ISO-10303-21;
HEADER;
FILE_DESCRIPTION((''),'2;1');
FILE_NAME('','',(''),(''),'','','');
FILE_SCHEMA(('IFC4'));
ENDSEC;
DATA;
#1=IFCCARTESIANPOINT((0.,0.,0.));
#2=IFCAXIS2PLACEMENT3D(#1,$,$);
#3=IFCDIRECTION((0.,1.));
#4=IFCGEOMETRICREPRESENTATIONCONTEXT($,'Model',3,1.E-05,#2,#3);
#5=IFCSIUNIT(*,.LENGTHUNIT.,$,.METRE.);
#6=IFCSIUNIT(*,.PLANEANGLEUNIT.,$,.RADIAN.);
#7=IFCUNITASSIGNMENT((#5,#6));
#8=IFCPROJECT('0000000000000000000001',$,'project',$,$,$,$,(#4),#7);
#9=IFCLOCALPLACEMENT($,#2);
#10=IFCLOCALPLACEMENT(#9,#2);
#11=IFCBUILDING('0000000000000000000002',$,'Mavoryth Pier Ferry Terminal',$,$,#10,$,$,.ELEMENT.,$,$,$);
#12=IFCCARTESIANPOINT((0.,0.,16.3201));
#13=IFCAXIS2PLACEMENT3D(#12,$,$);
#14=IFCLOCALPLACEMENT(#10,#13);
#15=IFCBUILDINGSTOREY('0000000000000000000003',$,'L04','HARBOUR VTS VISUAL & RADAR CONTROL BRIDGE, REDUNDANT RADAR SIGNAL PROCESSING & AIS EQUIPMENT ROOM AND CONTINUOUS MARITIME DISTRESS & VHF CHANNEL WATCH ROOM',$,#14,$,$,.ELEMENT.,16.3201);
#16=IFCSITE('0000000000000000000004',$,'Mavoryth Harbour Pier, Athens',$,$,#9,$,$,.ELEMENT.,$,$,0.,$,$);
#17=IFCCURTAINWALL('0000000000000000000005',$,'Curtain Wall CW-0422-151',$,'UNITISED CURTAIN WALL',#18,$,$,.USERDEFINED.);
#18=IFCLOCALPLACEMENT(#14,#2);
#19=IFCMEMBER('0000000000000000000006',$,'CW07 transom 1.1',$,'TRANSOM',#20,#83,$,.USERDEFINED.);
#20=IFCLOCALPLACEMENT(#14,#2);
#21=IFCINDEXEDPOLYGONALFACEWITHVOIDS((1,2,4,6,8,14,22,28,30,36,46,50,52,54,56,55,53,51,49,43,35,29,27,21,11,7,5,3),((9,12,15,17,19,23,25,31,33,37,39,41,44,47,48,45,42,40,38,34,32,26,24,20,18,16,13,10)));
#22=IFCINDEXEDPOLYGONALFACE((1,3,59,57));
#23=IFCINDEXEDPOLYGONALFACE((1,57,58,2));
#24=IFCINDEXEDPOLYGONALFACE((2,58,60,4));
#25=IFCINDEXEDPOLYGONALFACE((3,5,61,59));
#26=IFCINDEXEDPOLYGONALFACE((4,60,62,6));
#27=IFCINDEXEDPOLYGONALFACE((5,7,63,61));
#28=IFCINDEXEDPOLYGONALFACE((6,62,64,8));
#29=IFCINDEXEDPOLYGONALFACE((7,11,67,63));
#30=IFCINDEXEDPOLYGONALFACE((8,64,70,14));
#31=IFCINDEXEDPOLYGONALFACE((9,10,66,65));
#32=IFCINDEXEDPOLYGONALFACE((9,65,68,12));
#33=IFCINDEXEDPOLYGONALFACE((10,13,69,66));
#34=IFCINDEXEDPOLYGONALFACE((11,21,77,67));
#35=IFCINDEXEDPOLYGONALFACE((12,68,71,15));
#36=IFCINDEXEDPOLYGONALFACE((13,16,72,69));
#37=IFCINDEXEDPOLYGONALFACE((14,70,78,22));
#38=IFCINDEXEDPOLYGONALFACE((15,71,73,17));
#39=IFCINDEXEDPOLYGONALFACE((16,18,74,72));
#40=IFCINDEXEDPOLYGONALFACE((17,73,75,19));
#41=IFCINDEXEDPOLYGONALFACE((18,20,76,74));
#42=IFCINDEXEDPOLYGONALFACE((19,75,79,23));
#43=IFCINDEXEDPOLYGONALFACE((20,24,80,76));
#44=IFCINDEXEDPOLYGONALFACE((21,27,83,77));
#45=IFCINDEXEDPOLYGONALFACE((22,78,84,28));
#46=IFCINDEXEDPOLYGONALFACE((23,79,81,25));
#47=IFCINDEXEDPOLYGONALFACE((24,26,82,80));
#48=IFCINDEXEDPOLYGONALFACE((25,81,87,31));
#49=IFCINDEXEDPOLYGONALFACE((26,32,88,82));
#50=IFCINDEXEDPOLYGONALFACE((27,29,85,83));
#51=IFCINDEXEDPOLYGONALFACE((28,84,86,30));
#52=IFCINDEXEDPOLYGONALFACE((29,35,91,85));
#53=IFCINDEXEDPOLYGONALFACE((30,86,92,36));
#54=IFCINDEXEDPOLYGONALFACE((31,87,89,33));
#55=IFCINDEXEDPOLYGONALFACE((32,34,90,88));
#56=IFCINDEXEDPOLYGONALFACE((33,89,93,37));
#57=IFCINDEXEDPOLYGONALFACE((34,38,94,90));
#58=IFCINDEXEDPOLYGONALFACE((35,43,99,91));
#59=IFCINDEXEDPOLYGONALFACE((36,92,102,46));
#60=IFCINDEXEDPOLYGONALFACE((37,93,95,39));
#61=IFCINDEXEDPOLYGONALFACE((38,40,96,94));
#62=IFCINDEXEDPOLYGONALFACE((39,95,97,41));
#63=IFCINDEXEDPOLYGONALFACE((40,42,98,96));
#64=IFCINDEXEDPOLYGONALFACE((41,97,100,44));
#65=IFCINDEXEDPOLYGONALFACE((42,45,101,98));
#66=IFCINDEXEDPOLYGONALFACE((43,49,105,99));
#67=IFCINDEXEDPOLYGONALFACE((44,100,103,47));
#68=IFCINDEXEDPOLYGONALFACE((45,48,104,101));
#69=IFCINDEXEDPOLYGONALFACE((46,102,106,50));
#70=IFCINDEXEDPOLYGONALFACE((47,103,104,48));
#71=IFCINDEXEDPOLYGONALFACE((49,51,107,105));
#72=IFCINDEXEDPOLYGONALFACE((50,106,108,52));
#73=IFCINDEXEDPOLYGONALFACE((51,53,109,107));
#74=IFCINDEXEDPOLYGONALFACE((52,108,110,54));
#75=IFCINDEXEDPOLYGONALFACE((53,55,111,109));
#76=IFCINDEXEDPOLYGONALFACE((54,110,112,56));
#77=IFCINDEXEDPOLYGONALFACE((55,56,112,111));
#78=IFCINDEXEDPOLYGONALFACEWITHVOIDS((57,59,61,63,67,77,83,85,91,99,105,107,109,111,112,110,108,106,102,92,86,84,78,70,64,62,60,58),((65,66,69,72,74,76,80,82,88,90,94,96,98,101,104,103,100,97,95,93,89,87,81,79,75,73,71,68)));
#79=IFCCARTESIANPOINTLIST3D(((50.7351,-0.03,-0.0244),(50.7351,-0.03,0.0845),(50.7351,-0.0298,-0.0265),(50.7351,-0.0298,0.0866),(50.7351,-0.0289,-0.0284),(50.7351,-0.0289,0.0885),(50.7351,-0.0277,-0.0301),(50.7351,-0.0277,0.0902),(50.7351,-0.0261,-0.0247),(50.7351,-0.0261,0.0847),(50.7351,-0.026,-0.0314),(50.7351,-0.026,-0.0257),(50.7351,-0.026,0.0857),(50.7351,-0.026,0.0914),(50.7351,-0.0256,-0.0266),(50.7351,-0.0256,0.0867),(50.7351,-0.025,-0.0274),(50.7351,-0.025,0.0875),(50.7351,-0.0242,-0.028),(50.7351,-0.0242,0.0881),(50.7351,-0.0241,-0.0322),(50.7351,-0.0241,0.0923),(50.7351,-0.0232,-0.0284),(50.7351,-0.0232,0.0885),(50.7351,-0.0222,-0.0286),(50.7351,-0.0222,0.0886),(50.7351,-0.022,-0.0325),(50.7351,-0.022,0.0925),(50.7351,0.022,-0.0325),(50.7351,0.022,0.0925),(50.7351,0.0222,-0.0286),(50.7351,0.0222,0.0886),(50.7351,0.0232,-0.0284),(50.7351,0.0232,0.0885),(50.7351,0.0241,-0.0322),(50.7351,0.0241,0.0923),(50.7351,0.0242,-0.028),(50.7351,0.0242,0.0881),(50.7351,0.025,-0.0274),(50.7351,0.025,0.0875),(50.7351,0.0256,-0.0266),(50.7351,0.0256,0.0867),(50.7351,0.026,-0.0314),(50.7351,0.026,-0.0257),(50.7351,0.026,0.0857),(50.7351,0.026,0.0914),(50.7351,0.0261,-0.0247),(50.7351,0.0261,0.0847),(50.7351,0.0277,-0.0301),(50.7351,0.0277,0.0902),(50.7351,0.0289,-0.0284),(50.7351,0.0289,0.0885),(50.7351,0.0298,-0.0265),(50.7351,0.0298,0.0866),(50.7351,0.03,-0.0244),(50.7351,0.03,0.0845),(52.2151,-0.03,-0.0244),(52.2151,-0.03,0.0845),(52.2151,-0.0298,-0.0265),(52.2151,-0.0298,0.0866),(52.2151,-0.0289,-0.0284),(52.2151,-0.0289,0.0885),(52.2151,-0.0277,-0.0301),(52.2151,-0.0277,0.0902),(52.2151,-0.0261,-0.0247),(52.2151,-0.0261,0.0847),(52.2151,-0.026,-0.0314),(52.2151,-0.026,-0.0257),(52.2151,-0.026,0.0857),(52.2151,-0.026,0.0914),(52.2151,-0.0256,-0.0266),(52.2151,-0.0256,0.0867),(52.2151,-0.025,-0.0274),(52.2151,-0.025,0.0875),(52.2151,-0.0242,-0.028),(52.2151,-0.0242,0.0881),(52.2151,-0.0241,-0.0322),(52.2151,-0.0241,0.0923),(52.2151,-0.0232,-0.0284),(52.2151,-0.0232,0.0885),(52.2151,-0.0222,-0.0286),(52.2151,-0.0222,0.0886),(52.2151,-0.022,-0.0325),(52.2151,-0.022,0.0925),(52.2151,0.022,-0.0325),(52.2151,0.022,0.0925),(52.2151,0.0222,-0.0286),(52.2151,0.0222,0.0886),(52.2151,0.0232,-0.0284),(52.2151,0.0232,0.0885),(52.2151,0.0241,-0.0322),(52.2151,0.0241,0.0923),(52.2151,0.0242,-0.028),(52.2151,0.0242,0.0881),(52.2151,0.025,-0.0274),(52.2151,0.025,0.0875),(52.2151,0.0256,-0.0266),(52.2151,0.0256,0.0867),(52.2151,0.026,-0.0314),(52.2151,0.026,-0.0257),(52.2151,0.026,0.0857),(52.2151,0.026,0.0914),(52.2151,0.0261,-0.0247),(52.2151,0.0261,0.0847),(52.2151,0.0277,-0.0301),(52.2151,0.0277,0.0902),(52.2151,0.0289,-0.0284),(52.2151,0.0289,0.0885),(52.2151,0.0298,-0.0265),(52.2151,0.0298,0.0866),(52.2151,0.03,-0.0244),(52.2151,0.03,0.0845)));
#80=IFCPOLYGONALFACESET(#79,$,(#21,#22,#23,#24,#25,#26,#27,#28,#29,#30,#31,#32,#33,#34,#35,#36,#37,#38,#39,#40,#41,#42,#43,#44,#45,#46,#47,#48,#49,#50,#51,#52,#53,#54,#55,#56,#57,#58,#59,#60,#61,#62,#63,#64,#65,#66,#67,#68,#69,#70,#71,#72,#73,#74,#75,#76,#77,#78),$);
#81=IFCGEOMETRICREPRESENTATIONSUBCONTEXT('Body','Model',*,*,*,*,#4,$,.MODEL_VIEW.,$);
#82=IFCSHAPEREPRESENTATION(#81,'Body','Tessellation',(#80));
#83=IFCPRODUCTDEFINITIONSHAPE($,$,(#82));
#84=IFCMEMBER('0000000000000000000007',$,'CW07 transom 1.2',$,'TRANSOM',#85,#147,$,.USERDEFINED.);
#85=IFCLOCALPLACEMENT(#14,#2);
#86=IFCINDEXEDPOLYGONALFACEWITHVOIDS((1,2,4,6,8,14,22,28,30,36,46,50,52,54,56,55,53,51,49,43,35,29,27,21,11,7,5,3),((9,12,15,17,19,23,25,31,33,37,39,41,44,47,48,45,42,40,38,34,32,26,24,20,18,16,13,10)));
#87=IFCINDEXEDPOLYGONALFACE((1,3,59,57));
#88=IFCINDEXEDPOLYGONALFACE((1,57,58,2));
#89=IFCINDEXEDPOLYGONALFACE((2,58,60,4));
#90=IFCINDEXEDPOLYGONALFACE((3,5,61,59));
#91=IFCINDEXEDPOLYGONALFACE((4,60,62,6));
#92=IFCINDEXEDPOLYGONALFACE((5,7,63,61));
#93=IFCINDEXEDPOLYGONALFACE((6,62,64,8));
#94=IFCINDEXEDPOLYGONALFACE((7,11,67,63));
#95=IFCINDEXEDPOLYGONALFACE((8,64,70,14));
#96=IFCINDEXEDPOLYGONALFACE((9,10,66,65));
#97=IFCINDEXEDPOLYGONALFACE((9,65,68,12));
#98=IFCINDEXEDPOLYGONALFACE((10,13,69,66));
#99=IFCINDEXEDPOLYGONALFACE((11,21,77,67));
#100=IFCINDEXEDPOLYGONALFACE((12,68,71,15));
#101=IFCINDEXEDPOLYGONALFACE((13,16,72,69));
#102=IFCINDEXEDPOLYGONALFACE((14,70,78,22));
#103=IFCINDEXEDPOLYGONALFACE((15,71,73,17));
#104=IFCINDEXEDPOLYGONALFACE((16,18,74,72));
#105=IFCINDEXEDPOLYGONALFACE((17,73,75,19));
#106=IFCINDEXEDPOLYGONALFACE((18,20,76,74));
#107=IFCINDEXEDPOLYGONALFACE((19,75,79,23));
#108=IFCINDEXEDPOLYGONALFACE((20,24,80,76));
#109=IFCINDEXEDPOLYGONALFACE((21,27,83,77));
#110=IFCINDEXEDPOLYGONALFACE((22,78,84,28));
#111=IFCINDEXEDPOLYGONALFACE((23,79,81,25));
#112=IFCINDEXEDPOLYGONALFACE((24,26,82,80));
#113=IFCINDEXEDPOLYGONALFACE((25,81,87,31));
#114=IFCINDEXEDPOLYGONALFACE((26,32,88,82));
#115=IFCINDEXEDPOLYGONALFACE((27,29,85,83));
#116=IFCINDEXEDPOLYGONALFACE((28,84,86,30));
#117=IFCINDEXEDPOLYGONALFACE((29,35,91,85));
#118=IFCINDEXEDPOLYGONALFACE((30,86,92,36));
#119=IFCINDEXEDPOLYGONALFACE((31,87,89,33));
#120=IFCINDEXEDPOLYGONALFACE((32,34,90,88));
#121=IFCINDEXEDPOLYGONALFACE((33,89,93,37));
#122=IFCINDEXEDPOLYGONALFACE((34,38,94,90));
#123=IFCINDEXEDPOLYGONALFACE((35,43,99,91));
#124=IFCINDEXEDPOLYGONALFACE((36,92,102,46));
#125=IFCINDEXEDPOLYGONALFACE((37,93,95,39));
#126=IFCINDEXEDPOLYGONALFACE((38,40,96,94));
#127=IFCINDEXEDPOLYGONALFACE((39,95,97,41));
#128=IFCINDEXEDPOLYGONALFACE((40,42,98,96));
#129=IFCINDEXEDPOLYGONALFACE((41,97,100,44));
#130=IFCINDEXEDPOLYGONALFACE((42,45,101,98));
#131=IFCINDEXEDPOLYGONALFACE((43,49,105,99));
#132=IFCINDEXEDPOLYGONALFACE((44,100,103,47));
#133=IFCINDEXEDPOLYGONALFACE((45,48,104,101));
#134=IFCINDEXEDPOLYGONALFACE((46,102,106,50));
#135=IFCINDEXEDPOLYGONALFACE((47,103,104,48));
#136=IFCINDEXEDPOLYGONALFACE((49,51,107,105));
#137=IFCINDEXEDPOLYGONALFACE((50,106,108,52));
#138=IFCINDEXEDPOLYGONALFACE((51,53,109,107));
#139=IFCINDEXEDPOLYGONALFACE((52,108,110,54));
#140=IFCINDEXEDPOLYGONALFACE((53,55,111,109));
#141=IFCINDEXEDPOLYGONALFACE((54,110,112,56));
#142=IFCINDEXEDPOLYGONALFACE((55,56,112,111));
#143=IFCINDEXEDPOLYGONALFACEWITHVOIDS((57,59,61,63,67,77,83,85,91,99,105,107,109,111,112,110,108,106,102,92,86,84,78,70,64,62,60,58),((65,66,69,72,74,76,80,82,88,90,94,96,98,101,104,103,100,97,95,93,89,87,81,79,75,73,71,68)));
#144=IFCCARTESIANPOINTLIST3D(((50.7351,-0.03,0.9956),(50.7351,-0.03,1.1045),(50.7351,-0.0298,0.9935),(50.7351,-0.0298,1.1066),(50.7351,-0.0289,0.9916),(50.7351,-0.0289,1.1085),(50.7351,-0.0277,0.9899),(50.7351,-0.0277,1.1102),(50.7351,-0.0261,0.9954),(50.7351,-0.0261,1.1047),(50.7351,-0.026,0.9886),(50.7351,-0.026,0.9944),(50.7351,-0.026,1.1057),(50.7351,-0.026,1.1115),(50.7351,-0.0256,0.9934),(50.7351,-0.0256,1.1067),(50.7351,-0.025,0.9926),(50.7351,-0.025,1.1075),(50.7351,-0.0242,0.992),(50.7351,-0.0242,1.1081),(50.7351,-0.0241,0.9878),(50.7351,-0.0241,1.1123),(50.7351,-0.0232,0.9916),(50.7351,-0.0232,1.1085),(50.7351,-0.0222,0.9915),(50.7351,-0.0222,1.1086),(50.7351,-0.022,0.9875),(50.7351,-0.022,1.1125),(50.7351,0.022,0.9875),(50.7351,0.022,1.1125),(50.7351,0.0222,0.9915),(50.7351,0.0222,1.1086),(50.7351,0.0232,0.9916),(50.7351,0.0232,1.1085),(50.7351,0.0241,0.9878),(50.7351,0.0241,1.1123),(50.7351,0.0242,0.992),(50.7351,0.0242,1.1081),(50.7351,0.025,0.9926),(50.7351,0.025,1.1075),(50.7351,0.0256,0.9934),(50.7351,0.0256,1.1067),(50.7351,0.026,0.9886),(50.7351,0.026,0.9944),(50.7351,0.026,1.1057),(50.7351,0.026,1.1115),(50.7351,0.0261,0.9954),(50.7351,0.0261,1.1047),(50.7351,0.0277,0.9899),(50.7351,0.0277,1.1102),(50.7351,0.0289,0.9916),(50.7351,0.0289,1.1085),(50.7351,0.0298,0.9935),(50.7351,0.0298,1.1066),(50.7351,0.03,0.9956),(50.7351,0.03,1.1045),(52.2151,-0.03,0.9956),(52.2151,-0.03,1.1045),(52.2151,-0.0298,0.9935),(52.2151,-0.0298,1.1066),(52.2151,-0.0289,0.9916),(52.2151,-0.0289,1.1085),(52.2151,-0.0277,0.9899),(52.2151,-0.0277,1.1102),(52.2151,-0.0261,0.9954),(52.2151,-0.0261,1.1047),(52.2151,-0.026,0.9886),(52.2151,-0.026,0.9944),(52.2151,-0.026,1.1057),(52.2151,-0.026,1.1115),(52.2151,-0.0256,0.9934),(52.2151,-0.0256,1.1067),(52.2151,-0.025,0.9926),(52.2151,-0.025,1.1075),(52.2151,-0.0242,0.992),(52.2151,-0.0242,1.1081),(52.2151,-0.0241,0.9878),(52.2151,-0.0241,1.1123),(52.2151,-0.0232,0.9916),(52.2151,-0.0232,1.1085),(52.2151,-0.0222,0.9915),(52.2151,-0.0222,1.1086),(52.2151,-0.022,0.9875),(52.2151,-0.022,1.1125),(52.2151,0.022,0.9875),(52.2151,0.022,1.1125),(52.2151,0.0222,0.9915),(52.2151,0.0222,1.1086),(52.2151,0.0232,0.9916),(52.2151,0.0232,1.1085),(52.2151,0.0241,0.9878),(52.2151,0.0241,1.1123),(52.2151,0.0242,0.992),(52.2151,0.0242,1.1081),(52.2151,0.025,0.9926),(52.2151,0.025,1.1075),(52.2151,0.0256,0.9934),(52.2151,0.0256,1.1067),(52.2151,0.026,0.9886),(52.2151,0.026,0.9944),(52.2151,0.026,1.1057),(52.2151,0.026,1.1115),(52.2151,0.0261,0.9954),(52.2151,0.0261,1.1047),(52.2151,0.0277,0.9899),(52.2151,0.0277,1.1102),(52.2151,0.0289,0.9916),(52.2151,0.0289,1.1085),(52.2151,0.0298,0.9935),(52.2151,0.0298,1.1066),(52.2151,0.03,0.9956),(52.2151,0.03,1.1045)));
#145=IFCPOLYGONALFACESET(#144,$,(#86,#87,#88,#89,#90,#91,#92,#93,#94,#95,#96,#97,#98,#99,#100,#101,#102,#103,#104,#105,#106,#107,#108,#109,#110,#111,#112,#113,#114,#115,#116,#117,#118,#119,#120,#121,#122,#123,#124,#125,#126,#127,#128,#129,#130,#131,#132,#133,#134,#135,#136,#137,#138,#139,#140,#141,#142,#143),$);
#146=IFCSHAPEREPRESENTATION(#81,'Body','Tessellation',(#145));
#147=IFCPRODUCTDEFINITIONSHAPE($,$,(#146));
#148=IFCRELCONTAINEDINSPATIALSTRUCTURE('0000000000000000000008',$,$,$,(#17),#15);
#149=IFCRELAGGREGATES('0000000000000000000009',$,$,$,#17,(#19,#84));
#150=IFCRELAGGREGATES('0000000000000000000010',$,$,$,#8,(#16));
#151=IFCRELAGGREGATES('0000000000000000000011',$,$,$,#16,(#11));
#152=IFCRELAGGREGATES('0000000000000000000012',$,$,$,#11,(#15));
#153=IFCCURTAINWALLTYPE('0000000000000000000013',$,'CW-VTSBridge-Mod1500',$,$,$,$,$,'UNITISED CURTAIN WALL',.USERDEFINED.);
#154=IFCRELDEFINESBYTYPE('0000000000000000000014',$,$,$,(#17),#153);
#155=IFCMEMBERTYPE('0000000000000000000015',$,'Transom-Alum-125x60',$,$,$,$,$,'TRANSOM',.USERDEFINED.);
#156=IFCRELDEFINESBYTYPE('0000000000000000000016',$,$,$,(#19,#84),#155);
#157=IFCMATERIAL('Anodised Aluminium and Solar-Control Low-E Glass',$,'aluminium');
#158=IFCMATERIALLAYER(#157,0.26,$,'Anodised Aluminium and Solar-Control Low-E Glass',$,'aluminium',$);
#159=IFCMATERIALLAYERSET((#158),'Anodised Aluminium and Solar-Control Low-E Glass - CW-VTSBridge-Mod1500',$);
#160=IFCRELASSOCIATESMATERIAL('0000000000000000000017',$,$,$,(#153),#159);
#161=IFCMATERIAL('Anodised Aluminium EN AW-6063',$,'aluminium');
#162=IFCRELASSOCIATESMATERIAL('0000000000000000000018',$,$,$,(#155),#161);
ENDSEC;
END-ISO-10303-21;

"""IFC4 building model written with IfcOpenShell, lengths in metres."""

from ifc_helpers import new_model, si_unit, direction, frame, origin, origin_2d, place, context, subcontext, project, spatial, hollow_rectangle, extrude, material, layer, layer_set, material_profile, profile_set, type_object, element, aggregate, save


model = new_model("IFC4")

# Units and contexts
model_context = context("Model", 3, precision=1e-05, world=origin(), true_north=direction((0.0, 1.0)))
body_context = subcontext(model_context, "Body", "Model", "MODEL_VIEW")
ifc_project = project(units=[si_unit("LENGTHUNIT", "METRE"), si_unit("PLANEANGLEUNIT", "RADIAN")], contexts=[model_context])

# Site, building, storey
site_placement = place(None, origin())
site = spatial("IfcSite", under=ifc_project, at=site_placement, Name="Mavoryth Harbour Pier, Athens", CompositionType="ELEMENT", RefElevation=0.0)
building_placement = place(site_placement, origin())
building = spatial("IfcBuilding", under=site, at=building_placement, Name="Mavoryth Pier Ferry Terminal", CompositionType="ELEMENT")
storey_placement = place(building_placement, frame((0.0, 0.0, 16.3201)))
storey = spatial("IfcBuildingStorey", under=building, at=storey_placement, Name="L04", Description="HARBOUR VTS VISUAL & RADAR CONTROL BRIDGE, REDUNDANT RADAR SIGNAL PROCESSING & AIS EQUIPMENT ROOM AND CONTINUOUS MARITIME DISTRESS & VHF CHANNEL WATCH ROOM", CompositionType="ELEMENT", Elevation=16.3201)

# Curtain wall
ifc_material_1 = material(Name="Anodised Aluminium and Solar-Control Low-E Glass", Category="aluminium")
ifc_layer_1 = layer(ifc_material_1, 0.26, Name="Anodised Aluminium and Solar-Control Low-E Glass", Category="aluminium")
ifc_layer_set_1 = layer_set([ifc_layer_1], Name="Anodised Aluminium and Solar-Control Low-E Glass - CW-VTSBridge-Mod1500")
curtain_wall_type = type_object("IfcCurtainWallType", Name="CW-VTSBridge-Mod1500", ElementType="UNITISED CURTAIN WALL", PredefinedType="USERDEFINED", material=ifc_layer_set_1)
curtain_wall_placement = place(storey_placement, origin())
curtain_wall = element("IfcCurtainWall", 1, at=curtain_wall_placement, inside=storey, type_object=curtain_wall_type, Name="Curtain Wall CW-0422-151", ObjectType="UNITISED CURTAIN WALL", PredefinedType="USERDEFINED")
ifc_material_2 = material(Name="Anodised Aluminium EN AW-6063", Category="aluminium")

# Members
ifc_material_profile_1 = material_profile(ifc_material_2, hollow_rectangle(XDim=0.0601, YDim=0.125, WallThickness=0.0039, InnerFilletRadius=0.0039, OuterFilletRadius=0.0081, at=origin_2d()), Name="AL-TRAN 125x60x4", Category="aluminium")
ifc_profile_set_1 = profile_set([ifc_material_profile_1], Name="Anodised Aluminium EN AW-6063 - AL-TRAN 125x60x4")
member_type_1 = type_object("IfcMemberType", Name="Transom-Alum-125x60", ElementType="TRANSOM", PredefinedType="USERDEFINED", material=ifc_profile_set_1)
member_1_placement = place(storey_placement, frame((50.7351, 0.0, 0.03), z_axis=(1.0, 0.0, 0.0), x_axis=(0.0, 1.0, 0.0)))
member_1 = element("IfcMember", 2, at=member_1_placement, type_object=member_type_1, Name="CW07 transom 1.1", ObjectType="TRANSOM", PredefinedType="USERDEFINED", context=body_context, shape_type="SweptSolid", body=[
    extrude(hollow_rectangle(XDim=0.0601, YDim=0.125, WallThickness=0.0039, InnerFilletRadius=0.0039, OuterFilletRadius=0.0081, at=origin_2d()), origin(), (0.0, 0.0, 1.0), 1.48),
])
member_2_placement = place(storey_placement, frame((50.7351, 0.0, 1.05), z_axis=(1.0, 0.0, 0.0), x_axis=(0.0, 1.0, 0.0)))
member_2 = element("IfcMember", 3, at=member_2_placement, type_object=member_type_1, Name="CW07 transom 1.2", ObjectType="TRANSOM", PredefinedType="USERDEFINED", context=body_context, shape_type="SweptSolid", body=[
    extrude(hollow_rectangle(XDim=0.0601, YDim=0.125, WallThickness=0.0039, InnerFilletRadius=0.0039, OuterFilletRadius=0.0081, at=origin_2d()), origin(), (0.0, 0.0, 1.0), 1.48),
])

aggregate(curtain_wall, [member_1, member_2])

save(model, "model.ifc")
